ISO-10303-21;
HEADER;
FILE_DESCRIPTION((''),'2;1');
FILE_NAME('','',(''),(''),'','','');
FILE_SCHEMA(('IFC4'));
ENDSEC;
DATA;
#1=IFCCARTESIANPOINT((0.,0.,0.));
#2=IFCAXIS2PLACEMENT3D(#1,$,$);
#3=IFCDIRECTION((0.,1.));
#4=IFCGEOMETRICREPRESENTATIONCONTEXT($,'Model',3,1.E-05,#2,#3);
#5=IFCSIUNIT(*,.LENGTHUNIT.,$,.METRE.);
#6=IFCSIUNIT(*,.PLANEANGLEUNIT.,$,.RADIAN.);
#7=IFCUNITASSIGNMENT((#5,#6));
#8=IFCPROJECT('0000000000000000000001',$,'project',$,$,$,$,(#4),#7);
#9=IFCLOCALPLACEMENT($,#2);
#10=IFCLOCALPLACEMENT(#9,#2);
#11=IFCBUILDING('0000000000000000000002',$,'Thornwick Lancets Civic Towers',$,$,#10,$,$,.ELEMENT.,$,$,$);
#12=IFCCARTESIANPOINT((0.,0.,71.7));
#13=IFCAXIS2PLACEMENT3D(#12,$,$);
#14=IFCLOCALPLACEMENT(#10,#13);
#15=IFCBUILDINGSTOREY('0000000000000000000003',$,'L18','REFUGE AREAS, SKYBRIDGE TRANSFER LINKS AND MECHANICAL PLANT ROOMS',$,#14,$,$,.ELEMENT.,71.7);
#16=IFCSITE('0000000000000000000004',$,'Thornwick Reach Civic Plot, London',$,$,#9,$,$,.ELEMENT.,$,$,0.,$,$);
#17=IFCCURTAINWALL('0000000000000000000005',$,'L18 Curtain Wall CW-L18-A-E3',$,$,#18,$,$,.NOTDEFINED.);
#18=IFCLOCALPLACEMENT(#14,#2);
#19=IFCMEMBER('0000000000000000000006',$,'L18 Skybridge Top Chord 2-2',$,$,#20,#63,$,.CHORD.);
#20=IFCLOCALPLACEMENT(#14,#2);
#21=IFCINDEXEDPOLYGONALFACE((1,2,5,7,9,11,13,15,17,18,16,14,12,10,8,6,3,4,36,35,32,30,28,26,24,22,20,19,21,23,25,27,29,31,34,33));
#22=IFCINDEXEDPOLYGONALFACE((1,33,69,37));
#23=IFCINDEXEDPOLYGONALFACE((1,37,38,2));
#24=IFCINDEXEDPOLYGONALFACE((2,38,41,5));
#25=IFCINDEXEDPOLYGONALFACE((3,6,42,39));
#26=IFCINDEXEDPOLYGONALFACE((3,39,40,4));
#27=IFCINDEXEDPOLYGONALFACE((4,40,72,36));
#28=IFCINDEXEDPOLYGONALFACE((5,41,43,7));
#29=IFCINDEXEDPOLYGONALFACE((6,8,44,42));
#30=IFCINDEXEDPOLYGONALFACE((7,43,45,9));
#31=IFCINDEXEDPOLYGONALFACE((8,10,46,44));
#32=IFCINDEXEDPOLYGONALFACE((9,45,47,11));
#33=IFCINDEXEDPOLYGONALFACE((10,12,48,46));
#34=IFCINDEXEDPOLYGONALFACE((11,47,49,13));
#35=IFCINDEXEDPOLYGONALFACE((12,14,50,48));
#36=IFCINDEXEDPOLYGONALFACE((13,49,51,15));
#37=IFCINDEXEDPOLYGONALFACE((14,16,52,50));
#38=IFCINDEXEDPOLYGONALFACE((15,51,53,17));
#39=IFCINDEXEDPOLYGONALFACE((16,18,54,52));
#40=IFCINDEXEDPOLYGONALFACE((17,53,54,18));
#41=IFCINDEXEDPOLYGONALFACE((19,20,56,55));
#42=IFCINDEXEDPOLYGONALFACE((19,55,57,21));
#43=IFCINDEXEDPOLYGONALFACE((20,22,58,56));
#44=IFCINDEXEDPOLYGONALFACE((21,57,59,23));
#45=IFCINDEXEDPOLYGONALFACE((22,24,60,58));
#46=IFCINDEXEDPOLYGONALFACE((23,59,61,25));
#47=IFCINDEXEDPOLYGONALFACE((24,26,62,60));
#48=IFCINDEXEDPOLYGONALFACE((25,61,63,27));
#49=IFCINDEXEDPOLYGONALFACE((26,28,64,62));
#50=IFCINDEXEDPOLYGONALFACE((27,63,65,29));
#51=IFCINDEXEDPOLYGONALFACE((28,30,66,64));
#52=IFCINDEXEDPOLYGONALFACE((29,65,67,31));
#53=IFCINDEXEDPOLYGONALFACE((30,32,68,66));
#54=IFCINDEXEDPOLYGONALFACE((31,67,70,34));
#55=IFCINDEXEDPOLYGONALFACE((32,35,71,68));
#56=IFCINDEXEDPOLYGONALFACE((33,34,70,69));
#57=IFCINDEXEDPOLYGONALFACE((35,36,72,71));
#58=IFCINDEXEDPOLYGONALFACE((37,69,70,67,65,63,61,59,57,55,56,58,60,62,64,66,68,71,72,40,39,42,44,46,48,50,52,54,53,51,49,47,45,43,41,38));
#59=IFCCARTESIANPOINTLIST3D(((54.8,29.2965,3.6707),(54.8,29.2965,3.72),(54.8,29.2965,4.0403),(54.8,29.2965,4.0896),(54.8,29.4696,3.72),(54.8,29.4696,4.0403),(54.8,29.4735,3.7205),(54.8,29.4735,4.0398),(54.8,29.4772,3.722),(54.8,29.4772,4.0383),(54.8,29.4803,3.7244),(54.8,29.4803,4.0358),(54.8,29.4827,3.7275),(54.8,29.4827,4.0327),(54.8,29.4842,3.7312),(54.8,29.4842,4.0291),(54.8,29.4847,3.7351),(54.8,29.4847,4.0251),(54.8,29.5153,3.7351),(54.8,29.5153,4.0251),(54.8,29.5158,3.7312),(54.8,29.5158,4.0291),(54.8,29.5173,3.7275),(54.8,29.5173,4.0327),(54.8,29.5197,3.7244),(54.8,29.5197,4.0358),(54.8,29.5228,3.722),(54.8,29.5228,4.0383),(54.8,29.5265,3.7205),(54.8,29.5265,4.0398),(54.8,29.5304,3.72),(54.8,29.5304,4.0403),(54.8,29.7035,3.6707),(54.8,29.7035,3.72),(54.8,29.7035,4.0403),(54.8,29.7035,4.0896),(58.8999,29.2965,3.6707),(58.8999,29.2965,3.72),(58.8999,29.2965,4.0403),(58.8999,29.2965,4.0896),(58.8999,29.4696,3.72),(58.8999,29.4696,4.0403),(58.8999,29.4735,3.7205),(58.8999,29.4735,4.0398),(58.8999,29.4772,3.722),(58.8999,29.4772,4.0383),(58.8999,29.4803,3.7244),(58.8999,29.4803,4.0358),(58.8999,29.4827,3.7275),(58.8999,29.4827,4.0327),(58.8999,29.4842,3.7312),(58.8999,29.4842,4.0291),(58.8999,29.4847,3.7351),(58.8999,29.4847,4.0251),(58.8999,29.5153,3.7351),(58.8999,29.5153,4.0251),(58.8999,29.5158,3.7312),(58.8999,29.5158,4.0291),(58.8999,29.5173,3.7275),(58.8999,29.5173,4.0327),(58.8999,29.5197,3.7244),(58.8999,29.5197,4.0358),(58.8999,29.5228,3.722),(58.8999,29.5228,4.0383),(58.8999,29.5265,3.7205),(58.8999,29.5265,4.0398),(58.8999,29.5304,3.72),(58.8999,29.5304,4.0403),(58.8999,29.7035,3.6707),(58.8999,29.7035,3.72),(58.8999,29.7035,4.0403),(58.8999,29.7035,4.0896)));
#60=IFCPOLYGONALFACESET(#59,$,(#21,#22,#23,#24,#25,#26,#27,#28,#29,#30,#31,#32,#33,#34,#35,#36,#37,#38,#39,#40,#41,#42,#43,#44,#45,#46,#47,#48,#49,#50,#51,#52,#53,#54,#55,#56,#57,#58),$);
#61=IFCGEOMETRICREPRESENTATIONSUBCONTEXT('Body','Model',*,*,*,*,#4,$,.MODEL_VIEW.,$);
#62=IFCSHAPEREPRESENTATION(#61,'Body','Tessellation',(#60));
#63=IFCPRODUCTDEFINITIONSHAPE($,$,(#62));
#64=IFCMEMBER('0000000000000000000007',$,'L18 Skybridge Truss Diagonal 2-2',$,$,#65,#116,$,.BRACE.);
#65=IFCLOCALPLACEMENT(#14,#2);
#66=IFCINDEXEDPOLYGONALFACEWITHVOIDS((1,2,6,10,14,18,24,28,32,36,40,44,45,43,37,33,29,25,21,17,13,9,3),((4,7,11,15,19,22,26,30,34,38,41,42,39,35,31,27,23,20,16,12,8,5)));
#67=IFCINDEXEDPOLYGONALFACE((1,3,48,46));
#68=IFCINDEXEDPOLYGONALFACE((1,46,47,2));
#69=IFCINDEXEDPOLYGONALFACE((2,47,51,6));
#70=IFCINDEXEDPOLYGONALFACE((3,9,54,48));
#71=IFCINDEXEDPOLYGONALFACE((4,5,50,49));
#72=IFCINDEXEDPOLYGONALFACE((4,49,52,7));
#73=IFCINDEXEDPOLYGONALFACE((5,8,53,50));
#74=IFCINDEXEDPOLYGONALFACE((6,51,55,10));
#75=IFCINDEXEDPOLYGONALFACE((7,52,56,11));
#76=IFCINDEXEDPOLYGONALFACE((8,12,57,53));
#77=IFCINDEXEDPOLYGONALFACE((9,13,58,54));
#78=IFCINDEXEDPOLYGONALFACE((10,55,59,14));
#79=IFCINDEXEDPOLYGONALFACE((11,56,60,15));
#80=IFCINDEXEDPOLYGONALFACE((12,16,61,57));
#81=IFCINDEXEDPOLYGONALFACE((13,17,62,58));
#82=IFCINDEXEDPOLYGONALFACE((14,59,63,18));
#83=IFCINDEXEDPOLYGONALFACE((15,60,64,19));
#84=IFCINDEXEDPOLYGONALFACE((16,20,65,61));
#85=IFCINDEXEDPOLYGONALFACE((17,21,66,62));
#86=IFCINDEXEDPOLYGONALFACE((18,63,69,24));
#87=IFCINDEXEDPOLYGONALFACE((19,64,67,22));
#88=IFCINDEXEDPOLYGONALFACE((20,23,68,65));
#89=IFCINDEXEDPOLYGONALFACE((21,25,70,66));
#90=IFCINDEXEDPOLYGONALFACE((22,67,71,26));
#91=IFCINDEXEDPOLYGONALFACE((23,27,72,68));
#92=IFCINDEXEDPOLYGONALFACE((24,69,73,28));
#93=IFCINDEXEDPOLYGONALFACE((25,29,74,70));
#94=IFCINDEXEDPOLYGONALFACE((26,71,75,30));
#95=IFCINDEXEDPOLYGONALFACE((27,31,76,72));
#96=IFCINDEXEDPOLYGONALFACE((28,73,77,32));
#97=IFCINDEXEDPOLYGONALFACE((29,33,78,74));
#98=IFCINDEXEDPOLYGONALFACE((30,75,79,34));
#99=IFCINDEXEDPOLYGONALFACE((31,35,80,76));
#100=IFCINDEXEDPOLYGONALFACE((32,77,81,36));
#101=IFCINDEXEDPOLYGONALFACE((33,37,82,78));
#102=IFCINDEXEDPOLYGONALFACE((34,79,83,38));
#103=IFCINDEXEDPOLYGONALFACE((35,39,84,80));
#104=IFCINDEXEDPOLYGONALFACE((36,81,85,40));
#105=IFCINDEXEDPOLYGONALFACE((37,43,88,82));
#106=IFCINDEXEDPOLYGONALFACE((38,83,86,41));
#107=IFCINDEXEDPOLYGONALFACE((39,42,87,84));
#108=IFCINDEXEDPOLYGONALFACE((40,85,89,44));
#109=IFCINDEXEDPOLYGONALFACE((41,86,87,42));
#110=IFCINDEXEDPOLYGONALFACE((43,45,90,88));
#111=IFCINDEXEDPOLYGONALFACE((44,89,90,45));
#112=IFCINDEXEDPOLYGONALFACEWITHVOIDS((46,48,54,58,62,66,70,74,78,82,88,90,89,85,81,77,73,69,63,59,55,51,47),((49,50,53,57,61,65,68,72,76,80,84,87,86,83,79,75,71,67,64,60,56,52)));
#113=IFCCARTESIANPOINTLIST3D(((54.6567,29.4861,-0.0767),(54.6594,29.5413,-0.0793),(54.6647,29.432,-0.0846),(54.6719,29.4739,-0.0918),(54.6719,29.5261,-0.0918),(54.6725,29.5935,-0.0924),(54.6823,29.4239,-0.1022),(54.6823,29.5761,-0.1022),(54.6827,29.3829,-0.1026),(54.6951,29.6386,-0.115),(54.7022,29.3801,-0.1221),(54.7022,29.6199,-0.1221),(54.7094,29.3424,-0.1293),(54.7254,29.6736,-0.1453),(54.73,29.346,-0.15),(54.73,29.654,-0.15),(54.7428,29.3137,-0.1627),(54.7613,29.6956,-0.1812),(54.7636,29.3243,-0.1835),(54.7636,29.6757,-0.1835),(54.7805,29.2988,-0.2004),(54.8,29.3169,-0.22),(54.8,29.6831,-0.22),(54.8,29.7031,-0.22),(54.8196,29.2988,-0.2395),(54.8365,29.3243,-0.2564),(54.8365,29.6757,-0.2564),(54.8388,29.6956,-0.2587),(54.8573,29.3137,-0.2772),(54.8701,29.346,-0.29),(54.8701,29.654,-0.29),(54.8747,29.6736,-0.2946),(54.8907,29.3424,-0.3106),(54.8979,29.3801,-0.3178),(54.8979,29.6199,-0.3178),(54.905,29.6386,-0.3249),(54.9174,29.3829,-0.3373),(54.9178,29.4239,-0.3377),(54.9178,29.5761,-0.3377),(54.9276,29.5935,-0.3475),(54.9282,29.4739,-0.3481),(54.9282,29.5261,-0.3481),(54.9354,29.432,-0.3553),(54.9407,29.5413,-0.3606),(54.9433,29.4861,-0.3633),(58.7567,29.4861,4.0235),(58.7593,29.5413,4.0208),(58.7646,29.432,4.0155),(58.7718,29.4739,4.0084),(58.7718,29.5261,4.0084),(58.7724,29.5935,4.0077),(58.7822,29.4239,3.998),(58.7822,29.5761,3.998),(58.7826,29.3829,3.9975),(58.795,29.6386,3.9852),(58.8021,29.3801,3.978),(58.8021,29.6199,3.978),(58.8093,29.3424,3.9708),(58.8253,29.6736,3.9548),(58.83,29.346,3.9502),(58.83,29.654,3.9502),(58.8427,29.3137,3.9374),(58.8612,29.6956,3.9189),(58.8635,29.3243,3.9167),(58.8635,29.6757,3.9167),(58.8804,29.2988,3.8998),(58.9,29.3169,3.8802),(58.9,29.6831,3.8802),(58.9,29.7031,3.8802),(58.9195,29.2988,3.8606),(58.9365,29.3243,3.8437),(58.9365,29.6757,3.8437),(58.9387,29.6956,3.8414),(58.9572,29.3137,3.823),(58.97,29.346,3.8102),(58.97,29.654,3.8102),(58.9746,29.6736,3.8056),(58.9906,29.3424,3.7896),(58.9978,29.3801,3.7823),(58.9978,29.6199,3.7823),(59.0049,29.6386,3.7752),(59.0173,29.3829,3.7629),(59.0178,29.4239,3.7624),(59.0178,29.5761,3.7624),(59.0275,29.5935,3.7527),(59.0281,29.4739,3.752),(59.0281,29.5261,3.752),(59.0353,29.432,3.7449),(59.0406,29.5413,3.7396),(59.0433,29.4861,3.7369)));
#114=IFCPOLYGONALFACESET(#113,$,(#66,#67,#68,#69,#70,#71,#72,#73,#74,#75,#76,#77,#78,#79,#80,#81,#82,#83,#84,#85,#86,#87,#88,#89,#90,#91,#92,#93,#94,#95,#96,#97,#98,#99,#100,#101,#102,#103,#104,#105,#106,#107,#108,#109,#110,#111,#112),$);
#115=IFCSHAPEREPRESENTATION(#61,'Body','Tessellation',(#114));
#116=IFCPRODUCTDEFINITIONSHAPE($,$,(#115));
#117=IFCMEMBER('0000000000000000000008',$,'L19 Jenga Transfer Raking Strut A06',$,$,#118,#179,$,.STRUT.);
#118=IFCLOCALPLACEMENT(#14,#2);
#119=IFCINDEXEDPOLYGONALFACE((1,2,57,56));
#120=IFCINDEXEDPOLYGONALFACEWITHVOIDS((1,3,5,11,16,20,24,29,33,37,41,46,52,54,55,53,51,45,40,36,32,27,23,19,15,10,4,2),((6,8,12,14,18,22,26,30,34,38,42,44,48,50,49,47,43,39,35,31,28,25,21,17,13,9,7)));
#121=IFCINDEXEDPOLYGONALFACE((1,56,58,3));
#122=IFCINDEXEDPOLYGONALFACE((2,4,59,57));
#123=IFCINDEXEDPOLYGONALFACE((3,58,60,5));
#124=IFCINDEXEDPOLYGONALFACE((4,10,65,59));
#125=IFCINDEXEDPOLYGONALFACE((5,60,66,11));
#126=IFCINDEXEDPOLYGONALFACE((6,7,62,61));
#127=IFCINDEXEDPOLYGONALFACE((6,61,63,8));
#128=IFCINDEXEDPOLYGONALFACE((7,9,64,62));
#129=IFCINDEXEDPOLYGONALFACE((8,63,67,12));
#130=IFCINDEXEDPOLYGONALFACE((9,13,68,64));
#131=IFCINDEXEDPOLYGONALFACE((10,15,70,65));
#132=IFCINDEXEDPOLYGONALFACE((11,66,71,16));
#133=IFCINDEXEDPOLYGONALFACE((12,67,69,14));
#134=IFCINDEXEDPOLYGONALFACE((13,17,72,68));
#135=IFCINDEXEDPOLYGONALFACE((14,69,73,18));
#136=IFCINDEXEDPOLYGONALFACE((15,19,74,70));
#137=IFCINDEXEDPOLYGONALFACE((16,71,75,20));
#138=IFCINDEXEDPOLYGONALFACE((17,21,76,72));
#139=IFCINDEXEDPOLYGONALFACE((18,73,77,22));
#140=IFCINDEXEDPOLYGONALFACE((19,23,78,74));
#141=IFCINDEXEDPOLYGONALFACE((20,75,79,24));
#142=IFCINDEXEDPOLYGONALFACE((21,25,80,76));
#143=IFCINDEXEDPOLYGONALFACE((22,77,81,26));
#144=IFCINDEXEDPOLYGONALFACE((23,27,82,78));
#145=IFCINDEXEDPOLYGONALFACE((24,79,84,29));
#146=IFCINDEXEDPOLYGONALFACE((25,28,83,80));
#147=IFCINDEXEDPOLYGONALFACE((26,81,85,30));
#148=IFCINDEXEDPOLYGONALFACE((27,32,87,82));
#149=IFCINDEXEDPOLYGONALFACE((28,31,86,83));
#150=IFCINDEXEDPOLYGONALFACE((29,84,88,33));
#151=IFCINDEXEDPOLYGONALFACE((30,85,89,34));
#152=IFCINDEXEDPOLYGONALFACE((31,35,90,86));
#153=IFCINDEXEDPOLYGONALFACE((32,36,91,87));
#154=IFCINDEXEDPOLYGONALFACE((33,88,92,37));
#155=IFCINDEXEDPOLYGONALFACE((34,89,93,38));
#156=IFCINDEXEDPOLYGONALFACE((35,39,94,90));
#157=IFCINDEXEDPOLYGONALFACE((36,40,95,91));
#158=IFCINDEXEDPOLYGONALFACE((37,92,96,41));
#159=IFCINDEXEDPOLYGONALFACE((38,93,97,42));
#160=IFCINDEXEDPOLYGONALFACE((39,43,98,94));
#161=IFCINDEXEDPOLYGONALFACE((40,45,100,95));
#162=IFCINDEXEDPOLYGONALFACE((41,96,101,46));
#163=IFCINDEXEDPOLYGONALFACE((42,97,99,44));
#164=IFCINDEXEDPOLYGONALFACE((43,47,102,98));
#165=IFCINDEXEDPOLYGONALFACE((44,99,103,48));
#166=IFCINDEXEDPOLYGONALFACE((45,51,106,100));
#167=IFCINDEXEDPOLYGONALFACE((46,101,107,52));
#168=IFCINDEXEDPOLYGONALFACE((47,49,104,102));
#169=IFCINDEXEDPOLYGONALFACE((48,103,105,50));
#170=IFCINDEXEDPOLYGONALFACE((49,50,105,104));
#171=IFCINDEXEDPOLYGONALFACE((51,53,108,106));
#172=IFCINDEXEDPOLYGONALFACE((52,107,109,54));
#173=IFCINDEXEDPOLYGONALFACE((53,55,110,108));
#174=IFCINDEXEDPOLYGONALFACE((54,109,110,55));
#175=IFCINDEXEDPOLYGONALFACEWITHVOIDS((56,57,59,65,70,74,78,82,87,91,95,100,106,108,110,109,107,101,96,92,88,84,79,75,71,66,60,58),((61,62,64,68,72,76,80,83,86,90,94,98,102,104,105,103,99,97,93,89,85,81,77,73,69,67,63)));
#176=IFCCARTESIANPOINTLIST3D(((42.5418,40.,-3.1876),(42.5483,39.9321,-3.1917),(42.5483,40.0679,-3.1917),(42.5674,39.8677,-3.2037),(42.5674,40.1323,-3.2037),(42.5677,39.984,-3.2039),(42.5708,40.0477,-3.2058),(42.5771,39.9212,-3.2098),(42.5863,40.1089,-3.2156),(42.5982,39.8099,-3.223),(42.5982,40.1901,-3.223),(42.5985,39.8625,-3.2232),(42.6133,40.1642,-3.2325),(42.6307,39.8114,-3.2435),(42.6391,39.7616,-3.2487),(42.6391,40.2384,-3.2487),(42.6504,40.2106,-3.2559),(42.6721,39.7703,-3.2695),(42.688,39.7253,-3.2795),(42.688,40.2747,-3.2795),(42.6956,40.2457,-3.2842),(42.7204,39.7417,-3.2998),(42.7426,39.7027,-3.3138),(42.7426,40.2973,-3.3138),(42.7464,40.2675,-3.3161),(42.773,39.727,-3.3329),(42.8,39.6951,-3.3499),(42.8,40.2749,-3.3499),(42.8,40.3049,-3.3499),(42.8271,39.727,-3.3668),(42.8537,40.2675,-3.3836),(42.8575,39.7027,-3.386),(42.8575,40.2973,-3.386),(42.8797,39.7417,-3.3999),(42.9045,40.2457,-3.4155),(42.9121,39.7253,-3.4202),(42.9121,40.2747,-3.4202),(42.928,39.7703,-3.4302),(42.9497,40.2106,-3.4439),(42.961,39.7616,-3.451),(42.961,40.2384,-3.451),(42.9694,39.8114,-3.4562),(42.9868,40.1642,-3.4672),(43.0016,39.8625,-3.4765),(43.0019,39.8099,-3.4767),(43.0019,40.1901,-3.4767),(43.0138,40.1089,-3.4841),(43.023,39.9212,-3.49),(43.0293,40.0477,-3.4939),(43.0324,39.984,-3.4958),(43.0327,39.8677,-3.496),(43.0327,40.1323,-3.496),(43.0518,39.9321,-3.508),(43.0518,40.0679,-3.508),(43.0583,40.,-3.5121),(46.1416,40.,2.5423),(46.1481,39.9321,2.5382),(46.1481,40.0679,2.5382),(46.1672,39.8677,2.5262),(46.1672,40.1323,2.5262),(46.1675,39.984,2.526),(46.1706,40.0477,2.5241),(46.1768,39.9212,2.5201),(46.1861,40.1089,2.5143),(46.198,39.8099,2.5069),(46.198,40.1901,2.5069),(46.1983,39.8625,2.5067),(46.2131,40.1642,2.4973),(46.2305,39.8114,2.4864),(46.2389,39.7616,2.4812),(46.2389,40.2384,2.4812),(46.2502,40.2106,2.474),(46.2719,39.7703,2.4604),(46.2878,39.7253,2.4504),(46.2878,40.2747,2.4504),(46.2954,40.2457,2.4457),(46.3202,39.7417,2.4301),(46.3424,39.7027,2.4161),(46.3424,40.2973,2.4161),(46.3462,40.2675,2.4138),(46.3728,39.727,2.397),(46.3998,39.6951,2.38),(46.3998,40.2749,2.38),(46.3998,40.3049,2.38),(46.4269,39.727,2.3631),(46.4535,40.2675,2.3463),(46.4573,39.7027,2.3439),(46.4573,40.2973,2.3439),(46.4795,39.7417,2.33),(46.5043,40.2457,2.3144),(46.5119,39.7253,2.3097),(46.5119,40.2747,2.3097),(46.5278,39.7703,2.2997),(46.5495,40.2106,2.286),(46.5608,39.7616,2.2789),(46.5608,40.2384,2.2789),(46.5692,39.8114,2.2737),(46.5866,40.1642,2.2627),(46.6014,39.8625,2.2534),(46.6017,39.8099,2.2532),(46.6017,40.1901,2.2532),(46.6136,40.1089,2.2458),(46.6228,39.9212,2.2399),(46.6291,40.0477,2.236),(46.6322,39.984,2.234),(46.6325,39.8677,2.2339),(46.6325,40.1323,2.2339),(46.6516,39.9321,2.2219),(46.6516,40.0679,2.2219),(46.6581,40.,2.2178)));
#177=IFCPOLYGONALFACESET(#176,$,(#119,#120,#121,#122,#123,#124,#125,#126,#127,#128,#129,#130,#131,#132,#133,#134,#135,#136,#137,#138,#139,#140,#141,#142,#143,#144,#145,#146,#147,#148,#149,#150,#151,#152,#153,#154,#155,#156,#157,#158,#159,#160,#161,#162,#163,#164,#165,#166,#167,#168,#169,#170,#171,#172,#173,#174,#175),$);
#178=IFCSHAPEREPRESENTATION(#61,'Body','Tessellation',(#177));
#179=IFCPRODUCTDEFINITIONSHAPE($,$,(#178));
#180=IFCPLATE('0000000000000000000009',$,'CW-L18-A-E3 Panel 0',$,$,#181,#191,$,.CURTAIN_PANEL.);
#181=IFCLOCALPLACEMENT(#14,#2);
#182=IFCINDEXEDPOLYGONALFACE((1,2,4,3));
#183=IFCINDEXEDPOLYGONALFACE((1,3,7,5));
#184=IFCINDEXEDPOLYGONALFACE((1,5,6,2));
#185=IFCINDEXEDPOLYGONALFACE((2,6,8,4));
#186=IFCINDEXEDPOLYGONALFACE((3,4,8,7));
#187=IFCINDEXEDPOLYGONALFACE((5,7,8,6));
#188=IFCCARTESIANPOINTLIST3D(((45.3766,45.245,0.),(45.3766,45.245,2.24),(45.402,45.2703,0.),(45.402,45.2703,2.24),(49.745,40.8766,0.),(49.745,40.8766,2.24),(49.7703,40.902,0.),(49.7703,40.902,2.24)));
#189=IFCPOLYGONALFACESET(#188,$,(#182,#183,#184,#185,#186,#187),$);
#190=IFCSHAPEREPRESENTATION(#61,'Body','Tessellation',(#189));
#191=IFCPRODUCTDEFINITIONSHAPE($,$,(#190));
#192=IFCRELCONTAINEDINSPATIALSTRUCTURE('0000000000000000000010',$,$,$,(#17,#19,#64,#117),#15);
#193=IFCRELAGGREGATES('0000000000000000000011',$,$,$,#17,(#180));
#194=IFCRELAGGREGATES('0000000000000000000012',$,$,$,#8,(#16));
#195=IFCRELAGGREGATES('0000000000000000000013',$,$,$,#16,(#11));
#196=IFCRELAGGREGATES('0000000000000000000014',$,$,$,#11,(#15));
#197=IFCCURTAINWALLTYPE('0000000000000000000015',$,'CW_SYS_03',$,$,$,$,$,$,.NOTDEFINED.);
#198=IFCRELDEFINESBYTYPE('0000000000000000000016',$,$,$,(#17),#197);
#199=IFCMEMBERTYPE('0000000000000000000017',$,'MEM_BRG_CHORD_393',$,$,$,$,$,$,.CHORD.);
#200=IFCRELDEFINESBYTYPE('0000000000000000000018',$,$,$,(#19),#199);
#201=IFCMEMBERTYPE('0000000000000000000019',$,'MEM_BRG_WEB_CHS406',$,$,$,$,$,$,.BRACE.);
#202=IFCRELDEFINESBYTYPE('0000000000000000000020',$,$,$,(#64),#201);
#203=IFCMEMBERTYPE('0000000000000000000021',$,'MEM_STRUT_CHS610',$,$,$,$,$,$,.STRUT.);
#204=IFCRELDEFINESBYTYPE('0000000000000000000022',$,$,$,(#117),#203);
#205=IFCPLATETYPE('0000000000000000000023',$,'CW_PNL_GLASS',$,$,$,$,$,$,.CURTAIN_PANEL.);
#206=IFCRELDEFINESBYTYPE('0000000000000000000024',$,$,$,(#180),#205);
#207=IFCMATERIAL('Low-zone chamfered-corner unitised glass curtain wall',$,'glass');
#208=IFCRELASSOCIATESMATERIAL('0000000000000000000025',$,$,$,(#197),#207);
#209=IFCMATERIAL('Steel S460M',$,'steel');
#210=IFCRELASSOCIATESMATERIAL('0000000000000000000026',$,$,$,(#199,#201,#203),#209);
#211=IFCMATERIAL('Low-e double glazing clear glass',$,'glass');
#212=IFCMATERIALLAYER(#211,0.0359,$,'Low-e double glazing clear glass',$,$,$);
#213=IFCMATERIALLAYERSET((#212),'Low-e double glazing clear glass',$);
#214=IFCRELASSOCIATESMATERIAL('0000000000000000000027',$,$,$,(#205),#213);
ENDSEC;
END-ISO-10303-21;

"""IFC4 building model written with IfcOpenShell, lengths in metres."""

from ifc_helpers import new_model, si_unit, direction, frame, origin, origin_2d, place, context, subcontext, project, spatial, rectangle, hollow_circle, i_section, extrude, material, layer, layer_set, material_profile, profile_set, type_object, element, aggregate, save


model = new_model("IFC4")

# Units and contexts
model_context = context("Model", 3, precision=1e-05, world=origin(), true_north=direction((0.0, 1.0)))
body_context = subcontext(model_context, "Body", "Model", "MODEL_VIEW")
ifc_project = project(units=[si_unit("LENGTHUNIT", "METRE"), si_unit("PLANEANGLEUNIT", "RADIAN")], contexts=[model_context])

# Site, building, storey
site_placement = place(None, origin())
site = spatial("IfcSite", under=ifc_project, at=site_placement, Name="Thornwick Reach Civic Plot, London", CompositionType="ELEMENT", RefElevation=0.0)
building_placement = place(site_placement, origin())
building = spatial("IfcBuilding", under=site, at=building_placement, Name="Thornwick Lancets Civic Towers", CompositionType="ELEMENT")
storey_placement = place(building_placement, frame((0.0, 0.0, 71.7)))
storey = spatial("IfcBuildingStorey", under=building, at=storey_placement, Name="L18", Description="REFUGE AREAS, SKYBRIDGE TRANSFER LINKS AND MECHANICAL PLANT ROOMS", CompositionType="ELEMENT", Elevation=71.7)

# Shared definitions
ifc_material_1 = material(Name="Steel S460M", Category="steel")

# Curtain wall
ifc_material_2 = material(Name="Low-zone chamfered-corner unitised glass curtain wall", Category="glass")
curtain_wall_type_1 = type_object("IfcCurtainWallType", Name="CW_SYS_03", PredefinedType="NOTDEFINED", material=ifc_material_2)
curtain_wall_1_placement = place(storey_placement, origin())
curtain_wall_1 = element("IfcCurtainWall", 1, at=curtain_wall_1_placement, inside=storey, type_object=curtain_wall_type_1, Name="L18 Curtain Wall CW-L18-A-E3", PredefinedType="NOTDEFINED")

# Members
ifc_material_profile_1 = material_profile(ifc_material_1, i_section(OverallWidth=0.407, OverallDepth=0.4189, WebThickness=0.0305, FlangeThickness=0.0493, FilletRadius=0.0151, at=origin_2d()), Name="UKC 356x406x393")
ifc_profile_set_1 = profile_set([ifc_material_profile_1], Name="Steel S460M")
member_type_1 = type_object("IfcMemberType", Name="MEM_BRG_CHORD_393", PredefinedType="CHORD", material=ifc_profile_set_1)
member_1_placement = place(storey_placement, frame((54.8, 29.5, 3.8801), z_axis=(1.0, 0.0, 0.0), x_axis=(0.0, 1.0, 0.0)))
element("IfcMember", 2, at=member_1_placement, inside=storey, type_object=member_type_1, Name="L18 Skybridge Top Chord 2-2", PredefinedType="CHORD", context=body_context, shape_type="SweptSolid", body=[
    extrude(i_section(OverallWidth=0.407, OverallDepth=0.4189, WebThickness=0.0305, FlangeThickness=0.0493, FilletRadius=0.0151, at=origin_2d()), origin(), (0.0, 0.0, 1.0), 4.0999),
])
ifc_material_profile_2 = material_profile(ifc_material_1, hollow_circle(Radius=0.2031, WallThickness=0.02, at=origin_2d()), Name="CHS 406.4x20")
ifc_profile_set_2 = profile_set([ifc_material_profile_2], Name="Steel S460M")
member_type_2 = type_object("IfcMemberType", Name="MEM_BRG_WEB_CHS406", PredefinedType="BRACE", material=ifc_profile_set_2)
member_2_placement = place(storey_placement, frame((54.8, 29.5, -0.22), z_axis=(0.707086, 0.0, 0.707128), x_axis=(0.0, 1.0, 0.0)))
element("IfcMember", 3, at=member_2_placement, inside=storey, type_object=member_type_2, Name="L18 Skybridge Truss Diagonal 2-2", PredefinedType="BRACE", context=body_context, shape_type="SweptSolid", body=[
    extrude(hollow_circle(Radius=0.2031, WallThickness=0.02, at=origin_2d()), origin(), (0.0, 0.0, 1.0), 5.7983),
])
ifc_material_profile_3 = material_profile(ifc_material_1, hollow_circle(Radius=0.3049, WallThickness=0.03, at=origin_2d()), Name="CHS 610x30")
ifc_profile_set_3 = profile_set([ifc_material_profile_3], Name="Steel S460M")
member_type_3 = type_object("IfcMemberType", Name="MEM_STRUT_CHS610", PredefinedType="STRUT", material=ifc_profile_set_3)
member_3_placement = place(storey_placement, frame((42.8, 40.0, -3.3499), z_axis=(0.531976, 0.0, 0.84676), x_axis=(0.0, 1.0, 0.0)))
element("IfcMember", 4, at=member_3_placement, inside=storey, type_object=member_type_3, Name="L19 Jenga Transfer Raking Strut A06", PredefinedType="STRUT", context=body_context, shape_type="SweptSolid", body=[
    extrude(hollow_circle(Radius=0.3049, WallThickness=0.03, at=origin_2d()), origin(), (0.0, 0.0, 1.0), 6.7668),
])

# Plate
ifc_material_3 = material(Name="Low-e double glazing clear glass", Category="glass")
ifc_layer_1 = layer(ifc_material_3, 0.0359, Name="Low-e double glazing clear glass")
ifc_layer_set_1 = layer_set([ifc_layer_1], Name="Low-e double glazing clear glass")
plate_type_1 = type_object("IfcPlateType", Name="CW_PNL_GLASS", PredefinedType="CURTAIN_PANEL", material=ifc_layer_set_1)
plate_1_placement = place(storey_placement, frame((47.5735, 43.0735, 0.0), z_axis=(0.0, 0.0, 1.0), x_axis=(-0.707107, 0.707107, 0.0)))
plate_1 = element("IfcPlate", 5, at=plate_1_placement, type_object=plate_type_1, Name="CW-L18-A-E3 Panel 0", PredefinedType="CURTAIN_PANEL", context=body_context, shape_type="SweptSolid", body=[
    extrude(rectangle(XDim=6.1777, YDim=0.0359, at=origin_2d()), origin(), (0.0, 0.0, 1.0), 2.24),
])
aggregate(curtain_wall_1, [plate_1])

save(model, "model.ifc")
